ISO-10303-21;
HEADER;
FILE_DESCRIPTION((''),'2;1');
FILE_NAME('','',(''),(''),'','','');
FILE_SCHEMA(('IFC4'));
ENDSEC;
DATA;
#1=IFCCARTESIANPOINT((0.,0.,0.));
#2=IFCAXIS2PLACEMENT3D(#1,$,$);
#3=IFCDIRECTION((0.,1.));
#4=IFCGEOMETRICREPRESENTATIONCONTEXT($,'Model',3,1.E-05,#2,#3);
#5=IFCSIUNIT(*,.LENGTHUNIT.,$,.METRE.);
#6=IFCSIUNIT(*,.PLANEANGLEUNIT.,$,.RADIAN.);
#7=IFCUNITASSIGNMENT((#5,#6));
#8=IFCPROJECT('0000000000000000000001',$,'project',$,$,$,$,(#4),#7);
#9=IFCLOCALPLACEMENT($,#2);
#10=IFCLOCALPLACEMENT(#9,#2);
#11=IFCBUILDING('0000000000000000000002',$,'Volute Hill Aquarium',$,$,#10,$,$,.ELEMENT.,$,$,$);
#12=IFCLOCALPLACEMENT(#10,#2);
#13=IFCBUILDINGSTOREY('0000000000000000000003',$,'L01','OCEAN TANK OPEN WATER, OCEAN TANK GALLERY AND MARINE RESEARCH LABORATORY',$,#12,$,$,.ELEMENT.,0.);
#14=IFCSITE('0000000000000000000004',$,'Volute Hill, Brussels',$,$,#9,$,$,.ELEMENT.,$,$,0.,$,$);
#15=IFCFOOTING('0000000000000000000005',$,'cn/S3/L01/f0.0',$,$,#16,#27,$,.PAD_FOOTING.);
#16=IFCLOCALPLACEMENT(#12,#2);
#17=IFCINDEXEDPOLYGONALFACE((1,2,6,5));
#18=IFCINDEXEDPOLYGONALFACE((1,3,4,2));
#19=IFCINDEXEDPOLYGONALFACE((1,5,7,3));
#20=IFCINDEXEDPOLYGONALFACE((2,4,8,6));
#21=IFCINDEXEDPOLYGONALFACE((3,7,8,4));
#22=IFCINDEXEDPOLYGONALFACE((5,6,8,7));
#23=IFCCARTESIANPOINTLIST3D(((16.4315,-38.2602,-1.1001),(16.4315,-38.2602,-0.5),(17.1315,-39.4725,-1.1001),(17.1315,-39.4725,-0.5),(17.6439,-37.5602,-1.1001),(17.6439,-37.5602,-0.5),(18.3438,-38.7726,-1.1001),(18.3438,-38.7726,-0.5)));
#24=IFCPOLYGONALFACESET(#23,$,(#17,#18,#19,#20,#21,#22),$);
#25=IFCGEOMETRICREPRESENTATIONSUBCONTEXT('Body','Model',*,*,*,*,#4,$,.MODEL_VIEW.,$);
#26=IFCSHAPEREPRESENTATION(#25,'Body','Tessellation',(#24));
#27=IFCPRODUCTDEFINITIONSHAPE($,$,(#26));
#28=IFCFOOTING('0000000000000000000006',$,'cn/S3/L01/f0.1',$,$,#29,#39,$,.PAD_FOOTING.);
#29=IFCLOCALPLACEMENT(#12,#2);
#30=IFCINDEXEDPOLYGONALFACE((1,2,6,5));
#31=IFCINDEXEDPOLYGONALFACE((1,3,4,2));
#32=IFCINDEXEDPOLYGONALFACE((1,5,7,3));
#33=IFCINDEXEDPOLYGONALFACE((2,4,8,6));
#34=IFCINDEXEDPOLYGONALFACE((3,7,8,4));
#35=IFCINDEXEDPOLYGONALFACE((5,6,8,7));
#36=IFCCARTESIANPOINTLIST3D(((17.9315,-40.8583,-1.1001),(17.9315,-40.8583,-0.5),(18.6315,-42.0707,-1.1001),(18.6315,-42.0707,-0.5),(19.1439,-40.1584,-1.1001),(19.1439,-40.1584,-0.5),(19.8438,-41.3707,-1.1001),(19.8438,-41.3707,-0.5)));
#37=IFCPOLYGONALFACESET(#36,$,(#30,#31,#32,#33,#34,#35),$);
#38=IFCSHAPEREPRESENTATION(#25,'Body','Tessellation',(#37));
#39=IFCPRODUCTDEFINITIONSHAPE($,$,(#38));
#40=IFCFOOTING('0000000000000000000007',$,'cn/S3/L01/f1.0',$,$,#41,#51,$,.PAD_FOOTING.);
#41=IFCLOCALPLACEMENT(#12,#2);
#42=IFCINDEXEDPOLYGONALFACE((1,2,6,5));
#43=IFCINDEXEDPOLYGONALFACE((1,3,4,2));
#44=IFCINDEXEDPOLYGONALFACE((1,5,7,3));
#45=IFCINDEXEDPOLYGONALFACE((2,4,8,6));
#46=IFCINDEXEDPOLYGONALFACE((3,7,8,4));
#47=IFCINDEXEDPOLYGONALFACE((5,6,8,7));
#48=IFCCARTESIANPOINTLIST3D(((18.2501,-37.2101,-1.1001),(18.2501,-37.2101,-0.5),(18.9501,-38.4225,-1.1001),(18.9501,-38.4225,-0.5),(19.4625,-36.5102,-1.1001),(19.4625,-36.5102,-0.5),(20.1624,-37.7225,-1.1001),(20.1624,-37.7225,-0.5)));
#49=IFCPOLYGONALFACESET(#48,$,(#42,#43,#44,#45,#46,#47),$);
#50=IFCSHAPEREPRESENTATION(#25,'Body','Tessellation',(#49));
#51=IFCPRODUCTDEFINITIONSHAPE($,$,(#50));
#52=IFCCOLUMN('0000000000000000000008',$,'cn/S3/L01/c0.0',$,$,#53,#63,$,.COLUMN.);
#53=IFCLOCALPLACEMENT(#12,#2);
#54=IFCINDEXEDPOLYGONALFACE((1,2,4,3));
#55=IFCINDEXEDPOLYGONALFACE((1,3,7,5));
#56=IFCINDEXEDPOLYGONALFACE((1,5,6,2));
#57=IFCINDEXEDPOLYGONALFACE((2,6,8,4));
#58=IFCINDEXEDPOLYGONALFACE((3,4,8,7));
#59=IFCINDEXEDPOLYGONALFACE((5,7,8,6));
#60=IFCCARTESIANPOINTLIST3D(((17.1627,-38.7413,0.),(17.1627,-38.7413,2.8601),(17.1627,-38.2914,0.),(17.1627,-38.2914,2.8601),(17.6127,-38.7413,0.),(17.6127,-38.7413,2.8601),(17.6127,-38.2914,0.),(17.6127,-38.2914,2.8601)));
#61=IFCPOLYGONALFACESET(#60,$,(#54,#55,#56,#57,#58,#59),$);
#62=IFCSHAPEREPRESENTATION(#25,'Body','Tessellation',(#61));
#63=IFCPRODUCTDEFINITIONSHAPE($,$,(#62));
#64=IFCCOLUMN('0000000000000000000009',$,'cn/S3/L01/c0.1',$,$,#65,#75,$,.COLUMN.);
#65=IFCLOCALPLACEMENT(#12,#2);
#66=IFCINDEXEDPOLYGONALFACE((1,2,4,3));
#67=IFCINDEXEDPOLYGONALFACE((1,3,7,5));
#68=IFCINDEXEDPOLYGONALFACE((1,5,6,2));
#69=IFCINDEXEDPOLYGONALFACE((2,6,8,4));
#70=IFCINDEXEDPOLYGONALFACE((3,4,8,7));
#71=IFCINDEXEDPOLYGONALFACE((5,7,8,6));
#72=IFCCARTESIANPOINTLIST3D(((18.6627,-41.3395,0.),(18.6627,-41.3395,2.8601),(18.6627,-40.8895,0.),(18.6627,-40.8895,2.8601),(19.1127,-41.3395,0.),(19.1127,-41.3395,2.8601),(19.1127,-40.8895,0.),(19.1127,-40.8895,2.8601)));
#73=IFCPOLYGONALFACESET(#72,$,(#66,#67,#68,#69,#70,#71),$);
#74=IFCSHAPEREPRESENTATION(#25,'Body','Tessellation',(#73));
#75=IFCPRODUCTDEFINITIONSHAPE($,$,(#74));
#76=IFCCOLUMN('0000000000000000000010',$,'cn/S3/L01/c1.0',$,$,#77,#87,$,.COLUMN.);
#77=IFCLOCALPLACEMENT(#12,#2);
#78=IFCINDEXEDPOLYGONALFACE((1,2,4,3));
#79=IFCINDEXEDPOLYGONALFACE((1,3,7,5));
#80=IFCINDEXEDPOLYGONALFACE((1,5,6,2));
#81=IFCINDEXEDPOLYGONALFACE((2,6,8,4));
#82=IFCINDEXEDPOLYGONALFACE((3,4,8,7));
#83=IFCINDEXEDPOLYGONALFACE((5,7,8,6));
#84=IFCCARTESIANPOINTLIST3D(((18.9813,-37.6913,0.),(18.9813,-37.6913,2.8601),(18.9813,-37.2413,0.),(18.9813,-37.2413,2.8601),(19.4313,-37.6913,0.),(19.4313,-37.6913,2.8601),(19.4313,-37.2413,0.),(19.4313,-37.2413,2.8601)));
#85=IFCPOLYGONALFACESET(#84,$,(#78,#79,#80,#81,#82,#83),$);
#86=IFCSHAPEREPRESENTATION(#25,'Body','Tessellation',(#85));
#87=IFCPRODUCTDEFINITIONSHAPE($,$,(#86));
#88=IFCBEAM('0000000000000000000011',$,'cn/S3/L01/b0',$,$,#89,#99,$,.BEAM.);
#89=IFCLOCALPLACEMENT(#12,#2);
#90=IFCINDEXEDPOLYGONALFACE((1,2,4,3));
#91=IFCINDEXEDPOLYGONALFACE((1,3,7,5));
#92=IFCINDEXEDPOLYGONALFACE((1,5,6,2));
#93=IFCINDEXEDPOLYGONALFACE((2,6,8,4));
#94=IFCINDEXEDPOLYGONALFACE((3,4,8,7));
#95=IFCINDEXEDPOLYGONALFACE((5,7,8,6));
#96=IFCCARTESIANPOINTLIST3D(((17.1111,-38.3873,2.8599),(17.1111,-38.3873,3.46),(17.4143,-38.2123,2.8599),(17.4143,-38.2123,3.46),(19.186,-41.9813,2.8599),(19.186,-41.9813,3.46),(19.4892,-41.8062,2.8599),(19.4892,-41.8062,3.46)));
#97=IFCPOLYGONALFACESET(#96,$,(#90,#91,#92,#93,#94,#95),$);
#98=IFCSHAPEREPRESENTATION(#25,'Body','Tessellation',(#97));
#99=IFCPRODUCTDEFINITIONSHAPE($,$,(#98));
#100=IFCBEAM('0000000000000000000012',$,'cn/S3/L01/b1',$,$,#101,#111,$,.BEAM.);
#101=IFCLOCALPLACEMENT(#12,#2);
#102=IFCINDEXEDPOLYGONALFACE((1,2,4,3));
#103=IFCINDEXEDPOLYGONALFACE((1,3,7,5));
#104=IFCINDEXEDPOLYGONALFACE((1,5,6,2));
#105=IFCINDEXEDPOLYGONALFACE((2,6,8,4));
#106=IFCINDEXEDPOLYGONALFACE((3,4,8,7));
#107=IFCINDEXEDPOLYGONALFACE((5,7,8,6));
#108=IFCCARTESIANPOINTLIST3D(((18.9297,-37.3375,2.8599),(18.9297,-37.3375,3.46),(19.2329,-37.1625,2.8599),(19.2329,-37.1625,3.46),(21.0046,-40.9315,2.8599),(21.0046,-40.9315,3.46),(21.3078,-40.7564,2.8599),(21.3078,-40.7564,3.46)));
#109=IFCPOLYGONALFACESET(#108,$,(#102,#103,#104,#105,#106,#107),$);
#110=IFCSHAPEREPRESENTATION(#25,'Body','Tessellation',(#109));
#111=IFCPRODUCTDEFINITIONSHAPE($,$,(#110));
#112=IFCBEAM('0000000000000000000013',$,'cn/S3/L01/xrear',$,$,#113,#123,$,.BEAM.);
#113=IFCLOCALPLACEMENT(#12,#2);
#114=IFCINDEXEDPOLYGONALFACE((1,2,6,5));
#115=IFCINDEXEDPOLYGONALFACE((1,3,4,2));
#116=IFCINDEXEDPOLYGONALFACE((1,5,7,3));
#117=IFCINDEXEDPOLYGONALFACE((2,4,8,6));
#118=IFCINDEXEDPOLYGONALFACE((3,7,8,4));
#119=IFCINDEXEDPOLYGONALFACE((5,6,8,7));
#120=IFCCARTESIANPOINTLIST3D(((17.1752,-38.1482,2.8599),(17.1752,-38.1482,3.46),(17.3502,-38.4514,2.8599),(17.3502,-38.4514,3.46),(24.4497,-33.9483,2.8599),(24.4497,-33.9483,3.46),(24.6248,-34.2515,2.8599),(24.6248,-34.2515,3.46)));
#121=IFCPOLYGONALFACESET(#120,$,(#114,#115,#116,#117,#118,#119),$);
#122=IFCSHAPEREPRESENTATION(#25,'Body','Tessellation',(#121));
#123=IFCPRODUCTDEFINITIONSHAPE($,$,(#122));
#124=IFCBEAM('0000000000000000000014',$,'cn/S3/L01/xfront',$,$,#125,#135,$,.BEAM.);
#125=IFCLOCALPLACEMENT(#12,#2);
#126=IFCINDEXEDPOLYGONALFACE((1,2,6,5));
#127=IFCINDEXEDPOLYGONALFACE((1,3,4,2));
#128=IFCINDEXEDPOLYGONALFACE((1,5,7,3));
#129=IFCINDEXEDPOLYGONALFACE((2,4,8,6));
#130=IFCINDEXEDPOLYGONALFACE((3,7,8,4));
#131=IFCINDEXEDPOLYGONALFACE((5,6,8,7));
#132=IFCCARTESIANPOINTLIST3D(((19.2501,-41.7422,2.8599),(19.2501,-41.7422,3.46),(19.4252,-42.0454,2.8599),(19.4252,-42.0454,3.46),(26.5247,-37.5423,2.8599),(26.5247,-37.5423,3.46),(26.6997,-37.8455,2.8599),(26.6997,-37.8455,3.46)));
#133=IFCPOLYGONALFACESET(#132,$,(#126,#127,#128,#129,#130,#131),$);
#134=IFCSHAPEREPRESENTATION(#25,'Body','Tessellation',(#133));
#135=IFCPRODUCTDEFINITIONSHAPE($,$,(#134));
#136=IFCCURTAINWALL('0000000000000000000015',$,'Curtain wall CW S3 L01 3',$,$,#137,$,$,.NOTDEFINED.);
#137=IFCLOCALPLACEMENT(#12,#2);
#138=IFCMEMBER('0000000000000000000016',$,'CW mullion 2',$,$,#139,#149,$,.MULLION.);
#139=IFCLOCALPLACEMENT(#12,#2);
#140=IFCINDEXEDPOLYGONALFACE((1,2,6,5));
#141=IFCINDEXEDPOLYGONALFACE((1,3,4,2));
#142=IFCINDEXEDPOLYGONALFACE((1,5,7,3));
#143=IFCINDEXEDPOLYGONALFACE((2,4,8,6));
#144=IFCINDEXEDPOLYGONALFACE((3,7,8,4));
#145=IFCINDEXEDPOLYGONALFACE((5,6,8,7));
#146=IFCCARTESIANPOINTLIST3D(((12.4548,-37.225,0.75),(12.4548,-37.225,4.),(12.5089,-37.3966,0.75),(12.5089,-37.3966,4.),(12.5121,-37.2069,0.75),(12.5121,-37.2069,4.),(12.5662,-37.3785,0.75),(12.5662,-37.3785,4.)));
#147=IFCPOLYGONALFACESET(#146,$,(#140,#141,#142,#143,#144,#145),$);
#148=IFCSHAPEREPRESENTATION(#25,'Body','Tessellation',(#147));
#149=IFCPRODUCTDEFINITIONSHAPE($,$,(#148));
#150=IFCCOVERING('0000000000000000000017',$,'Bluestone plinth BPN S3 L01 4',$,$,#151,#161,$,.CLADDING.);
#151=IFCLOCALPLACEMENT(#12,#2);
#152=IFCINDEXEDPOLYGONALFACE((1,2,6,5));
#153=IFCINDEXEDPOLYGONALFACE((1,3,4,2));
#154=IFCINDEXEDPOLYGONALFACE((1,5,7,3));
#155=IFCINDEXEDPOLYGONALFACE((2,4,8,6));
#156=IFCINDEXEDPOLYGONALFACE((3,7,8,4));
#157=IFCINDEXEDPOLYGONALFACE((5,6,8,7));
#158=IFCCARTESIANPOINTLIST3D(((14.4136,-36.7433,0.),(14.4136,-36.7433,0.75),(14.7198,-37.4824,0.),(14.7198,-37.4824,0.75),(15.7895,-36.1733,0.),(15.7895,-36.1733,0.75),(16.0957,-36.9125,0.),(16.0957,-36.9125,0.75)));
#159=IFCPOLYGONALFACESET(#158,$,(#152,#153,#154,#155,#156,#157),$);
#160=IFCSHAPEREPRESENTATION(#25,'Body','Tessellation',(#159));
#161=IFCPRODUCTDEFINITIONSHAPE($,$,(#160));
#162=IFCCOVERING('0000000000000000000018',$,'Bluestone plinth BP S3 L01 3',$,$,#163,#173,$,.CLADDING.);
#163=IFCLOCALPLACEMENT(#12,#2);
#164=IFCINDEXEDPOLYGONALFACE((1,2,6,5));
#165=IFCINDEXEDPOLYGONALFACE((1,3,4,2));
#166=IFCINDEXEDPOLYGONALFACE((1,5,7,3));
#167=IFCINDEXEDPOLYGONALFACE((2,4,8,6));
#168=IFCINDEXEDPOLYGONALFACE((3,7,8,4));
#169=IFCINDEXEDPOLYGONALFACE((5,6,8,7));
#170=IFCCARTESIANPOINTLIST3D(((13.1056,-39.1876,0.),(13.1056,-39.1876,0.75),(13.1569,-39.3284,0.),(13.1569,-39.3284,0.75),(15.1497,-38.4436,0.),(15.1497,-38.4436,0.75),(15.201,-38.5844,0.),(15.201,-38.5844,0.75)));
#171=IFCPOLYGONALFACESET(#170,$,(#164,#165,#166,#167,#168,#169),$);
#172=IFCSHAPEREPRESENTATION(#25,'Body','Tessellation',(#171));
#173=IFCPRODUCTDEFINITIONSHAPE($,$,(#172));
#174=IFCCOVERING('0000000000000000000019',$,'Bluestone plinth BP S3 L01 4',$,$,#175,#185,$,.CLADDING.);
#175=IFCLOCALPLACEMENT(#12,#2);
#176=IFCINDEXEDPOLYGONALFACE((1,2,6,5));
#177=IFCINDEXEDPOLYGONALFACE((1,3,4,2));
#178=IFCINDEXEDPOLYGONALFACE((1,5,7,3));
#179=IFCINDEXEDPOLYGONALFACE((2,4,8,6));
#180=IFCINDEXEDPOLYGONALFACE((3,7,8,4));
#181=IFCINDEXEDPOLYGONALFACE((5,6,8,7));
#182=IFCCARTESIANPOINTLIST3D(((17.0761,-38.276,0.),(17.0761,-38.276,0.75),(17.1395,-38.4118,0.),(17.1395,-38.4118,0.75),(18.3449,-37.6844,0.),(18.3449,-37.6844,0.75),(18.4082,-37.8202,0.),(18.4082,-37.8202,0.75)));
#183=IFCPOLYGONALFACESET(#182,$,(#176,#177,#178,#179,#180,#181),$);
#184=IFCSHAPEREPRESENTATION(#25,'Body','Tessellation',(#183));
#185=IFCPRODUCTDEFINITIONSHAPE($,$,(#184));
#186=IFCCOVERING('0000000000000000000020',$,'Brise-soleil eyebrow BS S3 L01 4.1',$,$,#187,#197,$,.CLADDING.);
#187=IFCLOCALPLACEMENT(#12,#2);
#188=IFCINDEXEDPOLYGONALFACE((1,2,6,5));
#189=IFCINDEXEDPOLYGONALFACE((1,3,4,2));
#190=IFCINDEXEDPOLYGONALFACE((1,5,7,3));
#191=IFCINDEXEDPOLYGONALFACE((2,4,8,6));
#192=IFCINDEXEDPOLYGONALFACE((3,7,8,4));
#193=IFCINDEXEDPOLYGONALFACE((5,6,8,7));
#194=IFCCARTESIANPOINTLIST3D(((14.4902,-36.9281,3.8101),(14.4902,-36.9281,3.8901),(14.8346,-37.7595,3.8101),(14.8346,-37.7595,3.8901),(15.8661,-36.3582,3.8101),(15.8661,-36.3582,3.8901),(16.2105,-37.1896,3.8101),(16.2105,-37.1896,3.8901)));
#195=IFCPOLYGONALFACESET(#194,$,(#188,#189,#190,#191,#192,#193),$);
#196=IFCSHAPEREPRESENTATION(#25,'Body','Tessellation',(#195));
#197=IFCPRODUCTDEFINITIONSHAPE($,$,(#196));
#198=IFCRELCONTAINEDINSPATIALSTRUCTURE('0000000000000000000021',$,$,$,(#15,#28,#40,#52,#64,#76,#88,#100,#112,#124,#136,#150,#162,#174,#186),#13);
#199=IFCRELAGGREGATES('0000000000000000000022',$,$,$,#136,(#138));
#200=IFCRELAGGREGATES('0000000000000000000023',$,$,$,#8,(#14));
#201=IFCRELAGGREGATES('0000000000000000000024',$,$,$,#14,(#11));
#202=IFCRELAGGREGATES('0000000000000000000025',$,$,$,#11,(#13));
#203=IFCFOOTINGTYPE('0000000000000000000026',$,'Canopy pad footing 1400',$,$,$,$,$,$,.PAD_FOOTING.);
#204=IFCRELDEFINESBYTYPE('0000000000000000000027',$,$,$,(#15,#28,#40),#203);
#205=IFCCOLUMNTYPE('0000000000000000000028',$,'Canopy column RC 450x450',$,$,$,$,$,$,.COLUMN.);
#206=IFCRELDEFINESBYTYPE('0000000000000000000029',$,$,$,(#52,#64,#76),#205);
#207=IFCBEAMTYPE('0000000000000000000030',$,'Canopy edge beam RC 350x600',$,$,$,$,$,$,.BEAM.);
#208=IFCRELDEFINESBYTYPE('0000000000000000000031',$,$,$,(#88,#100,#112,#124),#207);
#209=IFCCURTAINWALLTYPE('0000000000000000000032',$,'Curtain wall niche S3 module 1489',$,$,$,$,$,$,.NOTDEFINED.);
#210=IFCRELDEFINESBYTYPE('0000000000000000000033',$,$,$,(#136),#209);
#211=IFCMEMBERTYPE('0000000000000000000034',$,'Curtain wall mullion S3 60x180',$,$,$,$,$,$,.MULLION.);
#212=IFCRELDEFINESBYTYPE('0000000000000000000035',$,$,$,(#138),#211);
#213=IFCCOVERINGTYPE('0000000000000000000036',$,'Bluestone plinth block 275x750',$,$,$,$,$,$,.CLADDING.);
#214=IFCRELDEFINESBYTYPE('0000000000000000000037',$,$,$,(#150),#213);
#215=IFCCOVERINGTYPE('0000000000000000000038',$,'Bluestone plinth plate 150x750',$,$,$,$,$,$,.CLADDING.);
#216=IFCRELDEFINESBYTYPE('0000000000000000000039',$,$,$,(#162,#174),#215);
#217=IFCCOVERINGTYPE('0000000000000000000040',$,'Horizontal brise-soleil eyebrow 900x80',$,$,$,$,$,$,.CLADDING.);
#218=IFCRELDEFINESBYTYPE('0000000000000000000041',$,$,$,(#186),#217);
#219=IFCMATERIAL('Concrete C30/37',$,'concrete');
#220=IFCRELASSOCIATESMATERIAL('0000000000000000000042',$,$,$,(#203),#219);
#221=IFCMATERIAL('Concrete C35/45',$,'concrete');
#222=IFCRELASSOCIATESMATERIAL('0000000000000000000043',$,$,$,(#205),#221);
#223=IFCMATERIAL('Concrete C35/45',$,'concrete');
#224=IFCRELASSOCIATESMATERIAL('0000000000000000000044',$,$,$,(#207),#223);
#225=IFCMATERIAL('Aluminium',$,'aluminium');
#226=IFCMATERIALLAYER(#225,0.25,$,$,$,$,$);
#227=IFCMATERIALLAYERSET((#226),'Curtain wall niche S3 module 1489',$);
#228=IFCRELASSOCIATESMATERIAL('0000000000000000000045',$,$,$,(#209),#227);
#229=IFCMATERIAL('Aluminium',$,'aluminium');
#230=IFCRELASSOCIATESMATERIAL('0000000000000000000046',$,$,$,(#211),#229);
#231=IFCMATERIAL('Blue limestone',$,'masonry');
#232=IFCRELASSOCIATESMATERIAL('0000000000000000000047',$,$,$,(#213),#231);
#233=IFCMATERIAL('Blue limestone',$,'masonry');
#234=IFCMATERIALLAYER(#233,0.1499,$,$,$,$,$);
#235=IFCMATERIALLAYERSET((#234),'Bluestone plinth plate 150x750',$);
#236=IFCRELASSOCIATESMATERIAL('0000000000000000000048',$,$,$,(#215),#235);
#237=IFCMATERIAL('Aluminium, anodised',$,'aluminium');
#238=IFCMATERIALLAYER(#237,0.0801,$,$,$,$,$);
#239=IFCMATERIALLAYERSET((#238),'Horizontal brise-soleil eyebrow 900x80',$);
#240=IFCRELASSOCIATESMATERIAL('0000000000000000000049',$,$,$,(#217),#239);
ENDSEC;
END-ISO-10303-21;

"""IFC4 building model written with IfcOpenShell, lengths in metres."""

from ifc_helpers import new_model, si_unit, direction, frame, origin, origin_2d, place, context, subcontext, project, spatial, rectangle, extrude, material, layer, layer_set, material_profile, profile_set, type_object, element, aggregate, save


model = new_model("IFC4")

# Units and contexts
model_context = context("Model", 3, precision=1e-05, world=origin(), true_north=direction((0.0, 1.0)))
body_context = subcontext(model_context, "Body", "Model", "MODEL_VIEW")
ifc_project = project(units=[si_unit("LENGTHUNIT", "METRE"), si_unit("PLANEANGLEUNIT", "RADIAN")], contexts=[model_context])

# Site, building, storey
site_placement = place(None, origin())
site = spatial("IfcSite", under=ifc_project, at=site_placement, Name="Volute Hill, Brussels", CompositionType="ELEMENT", RefElevation=0.0)
building_placement = place(site_placement, origin())
building = spatial("IfcBuilding", under=site, at=building_placement, Name="Volute Hill Aquarium", CompositionType="ELEMENT")
storey_placement = place(building_placement, origin())
storey = spatial("IfcBuildingStorey", under=building, at=storey_placement, Name="L01", Description="OCEAN TANK OPEN WATER, OCEAN TANK GALLERY AND MARINE RESEARCH LABORATORY", CompositionType="ELEMENT", Elevation=0.0)

# Footings
ifc_material_1 = material(Name="Concrete C30/37", Category="concrete")
footing_type = type_object("IfcFootingType", Name="Canopy pad footing 1400", PredefinedType="PAD_FOOTING", material=ifc_material_1)
for number, where, z_axis, x_axis, name in (
    (1, (17.3877, -38.5164, -1.1001), (0.0, 0.0, 1.0), (0.5, -0.866025, 0.0), "cn/S3/L01/f0.0"),
    (2, (18.8877, -41.1145, -1.1001), (0.0, 0.0, 1.0), (0.5, -0.866025, 0.0), "cn/S3/L01/f0.1"),
    (3, (19.2063, -37.4663, -1.1001), (0.0, 0.0, 1.0), (0.5, -0.866025, 0.0), "cn/S3/L01/f1.0"),
):
    element("IfcFooting", number, at=place(storey_placement, frame(where, z_axis=z_axis, x_axis=x_axis)), inside=storey, type_object=footing_type, Name=name, PredefinedType="PAD_FOOTING", context=body_context, shape_type="SweptSolid", body=[
        extrude(rectangle(XDim=1.3999, YDim=1.3999, at=origin_2d()), origin(), (0.0, 0.0, 1.0), 0.6001),
    ])

# Columns
ifc_material_2 = material(Name="Concrete C35/45", Category="concrete")
ifc_material_profile_1 = material_profile(ifc_material_2, rectangle(XDim=0.45, YDim=0.45, at=origin_2d()), Name="RC column 450x450")
ifc_profile_set_1 = profile_set([ifc_material_profile_1], Name="Concrete C35/45")
column_type = type_object("IfcColumnType", Name="Canopy column RC 450x450", PredefinedType="COLUMN", material=ifc_profile_set_1)
for number, where, z_axis, x_axis, name in (
    (4, (17.3877, -38.5164, 0.0), (0.0, 0.0, 1.0), (1.0, 0.0, 0.0), "cn/S3/L01/c0.0"),
    (5, (18.8877, -41.1145, 0.0), (0.0, 0.0, 1.0), (1.0, 0.0, 0.0), "cn/S3/L01/c0.1"),
    (6, (19.2063, -37.4663, 0.0), (0.0, 0.0, 1.0), (1.0, 0.0, 0.0), "cn/S3/L01/c1.0"),
):
    element("IfcColumn", number, at=place(storey_placement, frame(where, z_axis=z_axis, x_axis=x_axis)), inside=storey, type_object=column_type, Name=name, PredefinedType="COLUMN", context=body_context, shape_type="SweptSolid", body=[
        extrude(rectangle(XDim=0.45, YDim=0.45, at=origin_2d()), origin(), (0.0, 0.0, 1.0), 2.8601),
    ])

# Beams
ifc_material_3 = material(Name="Concrete C35/45", Category="concrete")
ifc_material_profile_2 = material_profile(ifc_material_3, rectangle(XDim=0.3501, YDim=0.6001, at=origin_2d()), Name="RC edge beam 350x600")
ifc_profile_set_2 = profile_set([ifc_material_profile_2], Name="Concrete C35/45")
beam_type = type_object("IfcBeamType", Name="Canopy edge beam RC 350x600", PredefinedType="BEAM", material=ifc_profile_set_2)
for number, where, z_axis, x_axis, name in (
    (7, (17.2627, -38.2998, 3.1599), (0.499992, -0.86603, 0.0), (0.86603, 0.499992, 0.0), "cn/S3/L01/b0"),
    (8, (19.0813, -37.25, 3.1599), (0.499992, -0.86603, 0.0), (0.86603, 0.499992, 0.0), "cn/S3/L01/b1"),
):
    element("IfcBeam", number, at=place(storey_placement, frame(where, z_axis=z_axis, x_axis=x_axis)), inside=storey, type_object=beam_type, Name=name, PredefinedType="BEAM", context=body_context, shape_type="SweptSolid", body=[
        extrude(rectangle(XDim=0.3501, YDim=0.6001, at=origin_2d()), origin(), (0.0, 0.0, 1.0), 4.1499),
    ])
for number, where, z_axis, x_axis, name in (
    (9, (17.2627, -38.2998, 3.1599), (0.866029, 0.499993, 0.0), (-0.499993, 0.866029, 0.0), "cn/S3/L01/xrear"),
    (10, (19.3376, -41.8938, 3.1599), (0.866029, 0.499993, 0.0), (-0.499993, 0.866029, 0.0), "cn/S3/L01/xfront"),
):
    element("IfcBeam", number, at=place(storey_placement, frame(where, z_axis=z_axis, x_axis=x_axis)), inside=storey, type_object=beam_type, Name=name, PredefinedType="BEAM", context=body_context, shape_type="SweptSolid", body=[
        extrude(rectangle(XDim=0.3501, YDim=0.6001, at=origin_2d()), origin(), (0.0, 0.0, 1.0), 8.3999),
    ])

# Curtain wall, member
ifc_material_4 = material(Name="Aluminium", Category="aluminium")
ifc_layer_1 = layer(ifc_material_4, 0.25)
ifc_layer_set_1 = layer_set([ifc_layer_1], Name="Curtain wall niche S3 module 1489")
curtain_wall_type = type_object("IfcCurtainWallType", Name="Curtain wall niche S3 module 1489", PredefinedType="NOTDEFINED", material=ifc_layer_set_1)
curtain_wall_placement = place(storey_placement, origin())
curtain_wall = element("IfcCurtainWall", 11, at=curtain_wall_placement, inside=storey, type_object=curtain_wall_type, Name="Curtain wall CW S3 L01 3", PredefinedType="NOTDEFINED")
ifc_material_5 = material(Name="Aluminium", Category="aluminium")
ifc_material_profile_3 = material_profile(ifc_material_5, rectangle(XDim=0.1799, YDim=0.0601, at=origin_2d()), Name="Curtain wall mullion S3 60x180")
ifc_profile_set_3 = profile_set([ifc_material_profile_3], Name="Aluminium")
member_type = type_object("IfcMemberType", Name="Curtain wall mullion S3 60x180", PredefinedType="MULLION", material=ifc_profile_set_3)
member_placement = place(storey_placement, frame((12.5105, -37.3018, 0.75), z_axis=(0.0, 0.0, 1.0), x_axis=(-0.300713, 0.953715, 0.0)))
member = element("IfcMember", 12, at=member_placement, type_object=member_type, Name="CW mullion 2", PredefinedType="MULLION", context=body_context, shape_type="SweptSolid", body=[
    extrude(rectangle(XDim=0.1799, YDim=0.0601, at=origin_2d()), origin(), (0.0, 0.0, 1.0), 3.25),
])
aggregate(curtain_wall, [member])

# Coverings
ifc_material_6 = material(Name="Blue limestone", Category="masonry")
covering_type_1 = type_object("IfcCoveringType", Name="Bluestone plinth block 275x750", PredefinedType="CLADDING", material=ifc_material_6)
covering_1_placement = place(storey_placement, frame((15.2546, -36.8279, 0.0), z_axis=(0.0, 0.0, 1.0), x_axis=(0.923875, 0.382694, 0.0)))
element("IfcCovering", 13, at=covering_1_placement, inside=storey, type_object=covering_type_1, Name="Bluestone plinth BPN S3 L01 4", PredefinedType="CLADDING", context=body_context, shape_type="SweptSolid", body=[
    extrude(rectangle(XDim=1.4893, YDim=0.8, at=origin_2d()), origin(), (0.0, 0.0, 1.0), 0.75),
])
ifc_material_7 = material(Name="Blue limestone", Category="masonry")
ifc_layer_2 = layer(ifc_material_7, 0.1499)
ifc_layer_set_2 = layer_set([ifc_layer_2], Name="Bluestone plinth plate 150x750")
covering_type_2 = type_object("IfcCoveringType", Name="Bluestone plinth plate 150x750", PredefinedType="CLADDING", material=ifc_layer_set_2)
covering_2_placement = place(storey_placement, frame((14.1533, -38.886, 0.0), z_axis=(0.0, 0.0, 1.0), x_axis=(0.939693, 0.34202, 0.0)))
element("IfcCovering", 14, at=covering_2_placement, inside=storey, type_object=covering_type_2, Name="Bluestone plinth BP S3 L01 3", PredefinedType="CLADDING", context=body_context, shape_type="SweptSolid", body=[
    extrude(rectangle(XDim=2.1753, YDim=0.1499, at=origin_2d()), origin(), (0.0, 0.0, 1.0), 0.75),
])
covering_3_placement = place(storey_placement, frame((17.7422, -38.0481, 0.0), z_axis=(0.0, 0.0, 1.0), x_axis=(0.906308, 0.422618, 0.0)))
element("IfcCovering", 15, at=covering_3_placement, inside=storey, type_object=covering_type_2, Name="Bluestone plinth BP S3 L01 4", PredefinedType="CLADDING", context=body_context, shape_type="SweptSolid", body=[
    extrude(rectangle(XDim=1.3999, YDim=0.1499, at=origin_2d()), origin(), (0.0, 0.0, 1.0), 0.75),
])
ifc_material_8 = material(Name="Aluminium, anodised", Category="aluminium")
ifc_layer_3 = layer(ifc_material_8, 0.0801)
ifc_layer_set_3 = layer_set([ifc_layer_3], Name="Horizontal brise-soleil eyebrow 900x80")
covering_type_3 = type_object("IfcCoveringType", Name="Horizontal brise-soleil eyebrow 900x80", PredefinedType="CLADDING", material=ifc_layer_set_3)
covering_4_placement = place(storey_placement, frame((15.3503, -37.0588, 3.8101), z_axis=(0.0, 0.0, 1.0), x_axis=(0.923875, 0.382694, 0.0)))
element("IfcCovering", 16, at=covering_4_placement, inside=storey, type_object=covering_type_3, Name="Brise-soleil eyebrow BS S3 L01 4.1", PredefinedType="CLADDING", context=body_context, shape_type="SweptSolid", body=[
    extrude(rectangle(XDim=1.4893, YDim=0.8999, at=origin_2d()), origin(), (0.0, 0.0, 1.0), 0.0801),
])

save(model, "model.ifc")
